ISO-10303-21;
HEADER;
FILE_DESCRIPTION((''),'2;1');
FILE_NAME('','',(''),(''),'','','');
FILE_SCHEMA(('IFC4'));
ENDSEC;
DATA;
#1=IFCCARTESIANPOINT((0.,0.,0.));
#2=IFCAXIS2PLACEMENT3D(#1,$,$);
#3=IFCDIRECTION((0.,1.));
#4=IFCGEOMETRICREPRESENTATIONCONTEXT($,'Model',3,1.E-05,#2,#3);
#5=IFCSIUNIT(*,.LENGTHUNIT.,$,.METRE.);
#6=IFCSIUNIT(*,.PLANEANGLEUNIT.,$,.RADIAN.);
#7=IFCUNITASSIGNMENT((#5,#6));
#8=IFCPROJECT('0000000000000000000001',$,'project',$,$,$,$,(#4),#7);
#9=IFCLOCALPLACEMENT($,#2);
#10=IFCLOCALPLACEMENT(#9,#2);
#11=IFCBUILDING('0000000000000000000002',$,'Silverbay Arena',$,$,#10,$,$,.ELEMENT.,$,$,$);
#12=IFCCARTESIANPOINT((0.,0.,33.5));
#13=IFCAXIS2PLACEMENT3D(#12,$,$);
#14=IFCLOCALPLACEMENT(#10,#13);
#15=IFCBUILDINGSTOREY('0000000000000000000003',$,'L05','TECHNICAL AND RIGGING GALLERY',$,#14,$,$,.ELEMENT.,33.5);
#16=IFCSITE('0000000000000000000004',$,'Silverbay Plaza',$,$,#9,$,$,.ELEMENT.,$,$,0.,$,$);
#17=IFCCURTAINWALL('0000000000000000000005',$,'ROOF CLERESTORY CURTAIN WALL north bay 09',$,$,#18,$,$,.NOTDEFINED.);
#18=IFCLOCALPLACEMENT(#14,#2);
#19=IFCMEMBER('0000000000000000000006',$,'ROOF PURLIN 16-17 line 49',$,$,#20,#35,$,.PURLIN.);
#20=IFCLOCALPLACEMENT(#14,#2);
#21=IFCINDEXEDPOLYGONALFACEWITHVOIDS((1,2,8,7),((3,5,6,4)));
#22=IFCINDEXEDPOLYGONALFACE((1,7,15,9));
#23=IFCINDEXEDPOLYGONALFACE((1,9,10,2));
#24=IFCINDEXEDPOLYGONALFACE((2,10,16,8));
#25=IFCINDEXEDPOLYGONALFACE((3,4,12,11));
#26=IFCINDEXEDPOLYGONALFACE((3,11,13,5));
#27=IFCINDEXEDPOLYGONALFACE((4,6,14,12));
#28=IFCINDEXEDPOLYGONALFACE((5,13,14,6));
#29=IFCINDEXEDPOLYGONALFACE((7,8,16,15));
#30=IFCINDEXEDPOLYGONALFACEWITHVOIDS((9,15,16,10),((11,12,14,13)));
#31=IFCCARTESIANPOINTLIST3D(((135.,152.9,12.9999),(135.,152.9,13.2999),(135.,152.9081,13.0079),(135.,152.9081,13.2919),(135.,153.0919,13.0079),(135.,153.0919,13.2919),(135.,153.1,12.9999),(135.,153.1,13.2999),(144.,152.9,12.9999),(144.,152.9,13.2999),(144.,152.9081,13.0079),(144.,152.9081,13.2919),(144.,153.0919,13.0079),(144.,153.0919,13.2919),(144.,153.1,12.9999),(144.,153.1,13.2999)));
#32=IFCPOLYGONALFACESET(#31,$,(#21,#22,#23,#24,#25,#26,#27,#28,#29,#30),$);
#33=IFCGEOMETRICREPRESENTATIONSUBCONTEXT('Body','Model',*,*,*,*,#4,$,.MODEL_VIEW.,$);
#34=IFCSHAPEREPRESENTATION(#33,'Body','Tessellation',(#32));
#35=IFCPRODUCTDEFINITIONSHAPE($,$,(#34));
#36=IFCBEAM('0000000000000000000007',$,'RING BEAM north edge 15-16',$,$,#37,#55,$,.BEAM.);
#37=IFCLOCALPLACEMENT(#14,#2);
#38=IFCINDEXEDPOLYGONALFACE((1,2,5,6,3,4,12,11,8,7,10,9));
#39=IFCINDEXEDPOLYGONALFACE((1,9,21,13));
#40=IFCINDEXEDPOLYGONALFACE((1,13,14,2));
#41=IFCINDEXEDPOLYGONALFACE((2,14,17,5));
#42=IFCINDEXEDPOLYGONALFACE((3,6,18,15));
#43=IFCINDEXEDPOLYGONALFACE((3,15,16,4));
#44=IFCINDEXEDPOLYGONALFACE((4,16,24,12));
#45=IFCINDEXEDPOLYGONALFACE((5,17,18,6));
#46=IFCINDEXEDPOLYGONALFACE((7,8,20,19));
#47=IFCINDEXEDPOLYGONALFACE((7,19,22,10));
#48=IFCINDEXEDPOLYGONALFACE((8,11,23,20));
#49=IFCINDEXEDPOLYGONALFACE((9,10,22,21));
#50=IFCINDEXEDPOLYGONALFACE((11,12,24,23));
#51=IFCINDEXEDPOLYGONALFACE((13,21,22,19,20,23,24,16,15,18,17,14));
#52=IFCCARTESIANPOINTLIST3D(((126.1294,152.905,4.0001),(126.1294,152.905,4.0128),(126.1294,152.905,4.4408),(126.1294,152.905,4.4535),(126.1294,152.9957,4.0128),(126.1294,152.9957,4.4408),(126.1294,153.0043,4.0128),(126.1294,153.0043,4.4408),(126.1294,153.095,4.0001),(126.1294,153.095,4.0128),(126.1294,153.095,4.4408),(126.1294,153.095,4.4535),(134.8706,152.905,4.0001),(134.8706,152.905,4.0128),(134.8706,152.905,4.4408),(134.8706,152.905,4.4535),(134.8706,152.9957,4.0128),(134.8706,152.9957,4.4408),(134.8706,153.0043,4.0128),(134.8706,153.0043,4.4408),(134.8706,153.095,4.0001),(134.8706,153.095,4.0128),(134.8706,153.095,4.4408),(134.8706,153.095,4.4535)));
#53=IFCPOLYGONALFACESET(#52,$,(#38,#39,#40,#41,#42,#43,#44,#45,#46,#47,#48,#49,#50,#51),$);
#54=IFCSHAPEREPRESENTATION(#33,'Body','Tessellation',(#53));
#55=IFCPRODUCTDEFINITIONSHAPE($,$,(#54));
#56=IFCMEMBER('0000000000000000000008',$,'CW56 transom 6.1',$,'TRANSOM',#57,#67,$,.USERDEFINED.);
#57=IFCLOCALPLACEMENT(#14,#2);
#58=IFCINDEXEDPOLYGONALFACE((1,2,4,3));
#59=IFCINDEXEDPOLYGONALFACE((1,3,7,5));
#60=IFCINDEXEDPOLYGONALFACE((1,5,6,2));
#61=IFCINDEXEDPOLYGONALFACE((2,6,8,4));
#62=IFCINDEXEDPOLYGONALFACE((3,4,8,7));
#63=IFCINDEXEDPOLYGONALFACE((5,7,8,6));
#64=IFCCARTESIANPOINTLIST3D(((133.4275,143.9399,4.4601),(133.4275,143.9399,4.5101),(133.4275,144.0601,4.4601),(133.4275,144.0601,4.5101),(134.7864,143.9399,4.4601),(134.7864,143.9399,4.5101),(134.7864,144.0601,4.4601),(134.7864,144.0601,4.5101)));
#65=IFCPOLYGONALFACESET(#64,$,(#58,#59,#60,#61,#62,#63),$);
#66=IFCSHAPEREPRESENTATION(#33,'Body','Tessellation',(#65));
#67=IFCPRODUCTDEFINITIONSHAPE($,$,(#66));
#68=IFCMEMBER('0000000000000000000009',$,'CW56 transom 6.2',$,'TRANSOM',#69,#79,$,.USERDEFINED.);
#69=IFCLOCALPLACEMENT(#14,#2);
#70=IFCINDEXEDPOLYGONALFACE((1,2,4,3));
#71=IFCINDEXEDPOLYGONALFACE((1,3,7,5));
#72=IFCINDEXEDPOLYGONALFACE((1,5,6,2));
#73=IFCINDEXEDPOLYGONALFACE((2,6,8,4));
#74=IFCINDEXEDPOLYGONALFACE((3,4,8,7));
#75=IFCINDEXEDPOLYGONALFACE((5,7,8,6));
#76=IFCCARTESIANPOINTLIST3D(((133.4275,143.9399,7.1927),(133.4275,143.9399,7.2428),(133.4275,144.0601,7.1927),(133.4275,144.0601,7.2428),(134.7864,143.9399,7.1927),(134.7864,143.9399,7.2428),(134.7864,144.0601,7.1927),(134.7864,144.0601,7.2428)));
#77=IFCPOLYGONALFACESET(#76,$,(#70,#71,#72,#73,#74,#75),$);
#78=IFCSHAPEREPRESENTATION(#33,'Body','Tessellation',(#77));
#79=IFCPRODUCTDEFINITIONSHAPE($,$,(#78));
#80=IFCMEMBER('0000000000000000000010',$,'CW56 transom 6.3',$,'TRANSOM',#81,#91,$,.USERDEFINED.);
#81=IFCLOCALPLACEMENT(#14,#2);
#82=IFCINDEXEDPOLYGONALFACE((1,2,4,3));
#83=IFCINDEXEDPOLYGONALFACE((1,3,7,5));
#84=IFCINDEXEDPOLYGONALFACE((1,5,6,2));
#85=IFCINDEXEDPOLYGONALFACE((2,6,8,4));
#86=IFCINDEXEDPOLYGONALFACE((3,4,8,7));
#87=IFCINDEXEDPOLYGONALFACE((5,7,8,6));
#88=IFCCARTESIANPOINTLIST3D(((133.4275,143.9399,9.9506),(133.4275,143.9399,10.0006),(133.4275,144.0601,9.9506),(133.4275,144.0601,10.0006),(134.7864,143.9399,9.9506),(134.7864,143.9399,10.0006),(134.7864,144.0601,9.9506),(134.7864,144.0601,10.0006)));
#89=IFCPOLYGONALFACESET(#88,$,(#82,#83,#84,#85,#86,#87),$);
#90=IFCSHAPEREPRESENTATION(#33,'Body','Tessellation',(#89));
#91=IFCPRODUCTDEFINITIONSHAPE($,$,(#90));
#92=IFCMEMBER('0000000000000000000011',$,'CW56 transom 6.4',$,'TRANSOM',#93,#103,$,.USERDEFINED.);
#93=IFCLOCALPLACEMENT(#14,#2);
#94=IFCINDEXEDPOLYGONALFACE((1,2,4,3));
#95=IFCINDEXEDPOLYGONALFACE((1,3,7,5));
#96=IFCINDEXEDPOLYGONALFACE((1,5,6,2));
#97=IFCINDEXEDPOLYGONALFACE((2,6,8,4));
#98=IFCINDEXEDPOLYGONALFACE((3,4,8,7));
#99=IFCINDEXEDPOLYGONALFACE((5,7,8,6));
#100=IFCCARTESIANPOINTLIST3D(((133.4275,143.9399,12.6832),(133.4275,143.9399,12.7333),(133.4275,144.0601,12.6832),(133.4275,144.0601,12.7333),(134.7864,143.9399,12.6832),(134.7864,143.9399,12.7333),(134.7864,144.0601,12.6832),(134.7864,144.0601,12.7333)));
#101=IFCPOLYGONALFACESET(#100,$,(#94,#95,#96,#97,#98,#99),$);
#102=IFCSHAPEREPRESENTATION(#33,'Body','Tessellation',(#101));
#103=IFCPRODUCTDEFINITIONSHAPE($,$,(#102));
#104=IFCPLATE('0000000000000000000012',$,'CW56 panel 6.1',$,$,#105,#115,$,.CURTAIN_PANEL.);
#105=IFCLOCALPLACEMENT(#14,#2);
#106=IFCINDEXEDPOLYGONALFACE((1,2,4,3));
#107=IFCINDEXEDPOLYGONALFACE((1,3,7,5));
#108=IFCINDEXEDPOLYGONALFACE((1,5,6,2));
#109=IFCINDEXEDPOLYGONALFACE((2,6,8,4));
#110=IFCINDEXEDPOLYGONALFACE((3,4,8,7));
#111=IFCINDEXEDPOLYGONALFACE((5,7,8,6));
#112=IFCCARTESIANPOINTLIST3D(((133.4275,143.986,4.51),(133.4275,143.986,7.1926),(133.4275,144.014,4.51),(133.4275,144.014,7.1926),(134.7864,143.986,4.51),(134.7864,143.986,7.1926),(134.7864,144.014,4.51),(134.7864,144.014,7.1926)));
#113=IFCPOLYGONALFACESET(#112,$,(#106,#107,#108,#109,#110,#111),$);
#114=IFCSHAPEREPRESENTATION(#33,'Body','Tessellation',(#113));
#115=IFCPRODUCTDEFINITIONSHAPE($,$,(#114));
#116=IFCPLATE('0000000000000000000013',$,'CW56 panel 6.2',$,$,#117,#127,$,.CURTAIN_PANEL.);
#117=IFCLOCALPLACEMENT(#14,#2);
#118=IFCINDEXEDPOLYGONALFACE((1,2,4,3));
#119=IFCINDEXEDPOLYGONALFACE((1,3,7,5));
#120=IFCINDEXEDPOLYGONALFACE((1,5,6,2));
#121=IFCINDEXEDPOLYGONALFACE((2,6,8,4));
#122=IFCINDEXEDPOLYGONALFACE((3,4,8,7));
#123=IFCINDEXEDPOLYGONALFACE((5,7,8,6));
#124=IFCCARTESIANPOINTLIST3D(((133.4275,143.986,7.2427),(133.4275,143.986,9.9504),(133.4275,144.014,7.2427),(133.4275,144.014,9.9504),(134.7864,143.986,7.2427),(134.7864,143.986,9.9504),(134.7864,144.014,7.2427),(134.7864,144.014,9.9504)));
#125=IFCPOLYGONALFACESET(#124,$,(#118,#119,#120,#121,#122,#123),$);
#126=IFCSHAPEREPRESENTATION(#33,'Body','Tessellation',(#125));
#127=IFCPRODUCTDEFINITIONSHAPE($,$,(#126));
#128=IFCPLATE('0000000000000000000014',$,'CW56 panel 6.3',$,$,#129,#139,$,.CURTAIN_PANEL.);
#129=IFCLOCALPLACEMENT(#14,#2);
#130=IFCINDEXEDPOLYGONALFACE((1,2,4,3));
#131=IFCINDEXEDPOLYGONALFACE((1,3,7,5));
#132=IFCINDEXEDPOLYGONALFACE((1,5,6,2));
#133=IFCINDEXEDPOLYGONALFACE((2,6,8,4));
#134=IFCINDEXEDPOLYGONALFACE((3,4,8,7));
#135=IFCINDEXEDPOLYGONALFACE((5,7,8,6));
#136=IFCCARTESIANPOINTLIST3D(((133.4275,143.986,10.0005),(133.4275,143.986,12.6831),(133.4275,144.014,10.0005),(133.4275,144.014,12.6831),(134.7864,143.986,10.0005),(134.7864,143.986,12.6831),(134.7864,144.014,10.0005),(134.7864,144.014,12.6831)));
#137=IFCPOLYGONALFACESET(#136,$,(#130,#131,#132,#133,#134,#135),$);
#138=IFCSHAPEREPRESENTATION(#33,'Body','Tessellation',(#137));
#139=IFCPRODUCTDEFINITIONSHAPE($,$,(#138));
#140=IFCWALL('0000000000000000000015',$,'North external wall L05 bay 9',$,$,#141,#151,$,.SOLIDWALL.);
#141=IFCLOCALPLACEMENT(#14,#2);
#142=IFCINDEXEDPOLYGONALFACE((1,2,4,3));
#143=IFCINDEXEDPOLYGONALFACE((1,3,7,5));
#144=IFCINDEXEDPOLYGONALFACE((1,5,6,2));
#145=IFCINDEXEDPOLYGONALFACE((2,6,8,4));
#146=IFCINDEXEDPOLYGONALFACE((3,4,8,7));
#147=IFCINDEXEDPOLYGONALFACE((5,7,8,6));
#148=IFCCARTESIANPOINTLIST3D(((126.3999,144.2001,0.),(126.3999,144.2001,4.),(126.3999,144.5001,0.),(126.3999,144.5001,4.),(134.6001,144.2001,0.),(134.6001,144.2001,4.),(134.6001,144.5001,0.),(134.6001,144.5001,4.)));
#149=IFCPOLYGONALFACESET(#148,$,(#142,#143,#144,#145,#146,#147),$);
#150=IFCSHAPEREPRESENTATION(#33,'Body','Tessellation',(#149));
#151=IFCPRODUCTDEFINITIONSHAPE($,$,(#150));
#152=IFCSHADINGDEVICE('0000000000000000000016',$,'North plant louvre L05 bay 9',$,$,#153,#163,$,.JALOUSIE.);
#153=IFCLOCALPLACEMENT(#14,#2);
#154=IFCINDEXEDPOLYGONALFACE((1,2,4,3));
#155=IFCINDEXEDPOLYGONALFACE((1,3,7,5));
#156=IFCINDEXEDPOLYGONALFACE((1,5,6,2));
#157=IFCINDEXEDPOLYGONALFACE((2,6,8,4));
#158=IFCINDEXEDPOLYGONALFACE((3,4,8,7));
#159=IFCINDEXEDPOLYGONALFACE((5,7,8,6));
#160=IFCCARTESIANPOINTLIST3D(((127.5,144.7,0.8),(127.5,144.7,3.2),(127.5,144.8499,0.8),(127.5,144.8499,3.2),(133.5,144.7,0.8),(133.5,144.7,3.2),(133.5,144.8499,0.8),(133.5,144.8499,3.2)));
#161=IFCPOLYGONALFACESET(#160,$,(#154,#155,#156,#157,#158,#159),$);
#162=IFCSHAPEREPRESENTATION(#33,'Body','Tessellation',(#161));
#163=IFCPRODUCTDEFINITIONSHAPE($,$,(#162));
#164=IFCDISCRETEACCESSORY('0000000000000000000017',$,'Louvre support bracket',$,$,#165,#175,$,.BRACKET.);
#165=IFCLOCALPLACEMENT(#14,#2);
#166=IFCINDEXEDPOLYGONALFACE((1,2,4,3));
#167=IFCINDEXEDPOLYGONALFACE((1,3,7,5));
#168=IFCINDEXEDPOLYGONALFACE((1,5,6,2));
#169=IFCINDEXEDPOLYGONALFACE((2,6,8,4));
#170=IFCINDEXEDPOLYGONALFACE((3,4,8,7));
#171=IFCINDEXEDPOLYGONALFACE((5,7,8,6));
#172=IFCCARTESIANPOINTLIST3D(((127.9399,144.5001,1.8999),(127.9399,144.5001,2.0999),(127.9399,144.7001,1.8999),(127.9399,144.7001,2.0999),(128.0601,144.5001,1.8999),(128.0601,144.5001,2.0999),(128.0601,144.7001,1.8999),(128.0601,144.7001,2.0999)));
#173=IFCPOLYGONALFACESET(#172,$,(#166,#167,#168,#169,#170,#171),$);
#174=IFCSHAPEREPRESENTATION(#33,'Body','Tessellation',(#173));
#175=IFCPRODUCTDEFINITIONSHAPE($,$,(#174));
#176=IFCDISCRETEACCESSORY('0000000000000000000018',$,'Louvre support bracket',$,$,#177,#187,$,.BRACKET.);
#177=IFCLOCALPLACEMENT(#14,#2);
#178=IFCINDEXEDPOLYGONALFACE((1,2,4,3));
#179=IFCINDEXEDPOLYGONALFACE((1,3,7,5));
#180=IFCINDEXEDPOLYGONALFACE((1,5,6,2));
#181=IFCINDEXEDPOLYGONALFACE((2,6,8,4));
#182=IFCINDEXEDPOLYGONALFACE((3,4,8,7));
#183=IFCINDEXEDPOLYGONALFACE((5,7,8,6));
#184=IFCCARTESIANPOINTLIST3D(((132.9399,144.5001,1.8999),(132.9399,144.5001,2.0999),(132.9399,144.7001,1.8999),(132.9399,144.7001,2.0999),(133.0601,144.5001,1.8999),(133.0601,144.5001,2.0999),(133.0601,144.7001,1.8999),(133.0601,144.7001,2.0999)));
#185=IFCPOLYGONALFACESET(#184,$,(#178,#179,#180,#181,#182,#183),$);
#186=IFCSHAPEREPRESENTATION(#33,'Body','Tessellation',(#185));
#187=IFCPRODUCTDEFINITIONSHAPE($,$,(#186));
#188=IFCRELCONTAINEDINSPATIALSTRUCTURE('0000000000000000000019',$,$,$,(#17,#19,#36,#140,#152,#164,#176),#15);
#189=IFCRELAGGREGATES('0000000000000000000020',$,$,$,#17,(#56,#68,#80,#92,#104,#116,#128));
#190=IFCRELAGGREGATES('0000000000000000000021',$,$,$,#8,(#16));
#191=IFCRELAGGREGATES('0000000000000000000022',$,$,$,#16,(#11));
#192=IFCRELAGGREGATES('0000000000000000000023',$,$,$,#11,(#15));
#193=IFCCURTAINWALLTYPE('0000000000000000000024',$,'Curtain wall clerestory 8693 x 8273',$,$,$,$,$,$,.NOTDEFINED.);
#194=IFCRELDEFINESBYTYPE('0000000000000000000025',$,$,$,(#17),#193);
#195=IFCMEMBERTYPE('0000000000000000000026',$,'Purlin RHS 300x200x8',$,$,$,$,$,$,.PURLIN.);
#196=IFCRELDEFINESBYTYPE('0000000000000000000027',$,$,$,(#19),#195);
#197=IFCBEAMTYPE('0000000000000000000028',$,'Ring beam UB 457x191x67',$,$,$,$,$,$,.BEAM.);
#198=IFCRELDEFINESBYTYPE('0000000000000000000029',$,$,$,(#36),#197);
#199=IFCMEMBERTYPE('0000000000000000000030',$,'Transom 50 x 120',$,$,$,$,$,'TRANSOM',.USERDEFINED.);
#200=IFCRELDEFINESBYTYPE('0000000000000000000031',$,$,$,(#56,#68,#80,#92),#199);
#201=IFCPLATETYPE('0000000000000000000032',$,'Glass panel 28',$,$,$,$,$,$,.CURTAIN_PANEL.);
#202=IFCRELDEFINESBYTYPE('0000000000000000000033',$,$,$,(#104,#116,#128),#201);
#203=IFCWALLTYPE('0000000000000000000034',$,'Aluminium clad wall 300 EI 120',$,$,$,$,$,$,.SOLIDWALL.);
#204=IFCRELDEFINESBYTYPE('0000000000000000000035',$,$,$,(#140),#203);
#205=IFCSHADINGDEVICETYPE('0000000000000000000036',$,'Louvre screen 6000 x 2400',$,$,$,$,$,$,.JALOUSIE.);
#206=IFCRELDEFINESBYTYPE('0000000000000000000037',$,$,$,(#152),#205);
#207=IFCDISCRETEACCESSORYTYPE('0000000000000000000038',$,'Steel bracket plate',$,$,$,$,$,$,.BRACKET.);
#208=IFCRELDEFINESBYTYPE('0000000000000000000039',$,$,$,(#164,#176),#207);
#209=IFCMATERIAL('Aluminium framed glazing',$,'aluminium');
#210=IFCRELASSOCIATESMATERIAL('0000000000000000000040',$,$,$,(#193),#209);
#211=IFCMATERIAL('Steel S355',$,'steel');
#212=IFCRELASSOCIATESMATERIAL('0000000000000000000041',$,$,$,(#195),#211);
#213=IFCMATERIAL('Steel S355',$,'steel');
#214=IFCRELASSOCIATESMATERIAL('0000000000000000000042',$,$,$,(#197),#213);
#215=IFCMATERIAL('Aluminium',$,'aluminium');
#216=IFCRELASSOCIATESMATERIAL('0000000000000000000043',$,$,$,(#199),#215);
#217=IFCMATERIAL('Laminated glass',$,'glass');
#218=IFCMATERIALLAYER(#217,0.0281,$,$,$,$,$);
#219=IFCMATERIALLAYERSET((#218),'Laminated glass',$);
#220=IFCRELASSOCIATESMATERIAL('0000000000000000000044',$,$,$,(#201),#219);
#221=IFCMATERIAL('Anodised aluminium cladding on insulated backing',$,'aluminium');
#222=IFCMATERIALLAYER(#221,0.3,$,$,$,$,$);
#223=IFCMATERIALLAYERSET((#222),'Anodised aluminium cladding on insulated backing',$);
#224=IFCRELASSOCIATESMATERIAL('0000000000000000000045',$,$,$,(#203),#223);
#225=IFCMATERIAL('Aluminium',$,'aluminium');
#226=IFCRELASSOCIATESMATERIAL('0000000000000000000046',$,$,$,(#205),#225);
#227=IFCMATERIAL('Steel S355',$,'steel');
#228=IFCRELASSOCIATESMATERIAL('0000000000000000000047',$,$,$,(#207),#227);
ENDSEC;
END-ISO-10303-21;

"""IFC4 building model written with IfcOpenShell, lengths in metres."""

from ifc_helpers import new_model, si_unit, direction, frame, frame_2d, origin, origin_2d, place, context, subcontext, project, spatial, rectangle, hollow_rectangle, i_section, extrude, material, layer, layer_set, material_profile, profile_set, type_object, element, aggregate, save


model = new_model("IFC4")

# Units and contexts
model_context = context("Model", 3, precision=1e-05, world=origin(), true_north=direction((0.0, 1.0)))
body_context = subcontext(model_context, "Body", "Model", "MODEL_VIEW")
ifc_project = project(units=[si_unit("LENGTHUNIT", "METRE"), si_unit("PLANEANGLEUNIT", "RADIAN")], contexts=[model_context])

# Site, building, storey
site_placement = place(None, origin())
site = spatial("IfcSite", under=ifc_project, at=site_placement, Name="Silverbay Plaza", CompositionType="ELEMENT", RefElevation=0.0)
building_placement = place(site_placement, origin())
building = spatial("IfcBuilding", under=site, at=building_placement, Name="Silverbay Arena", CompositionType="ELEMENT")
storey_placement = place(building_placement, frame((0.0, 0.0, 33.5)))
storey = spatial("IfcBuildingStorey", under=building, at=storey_placement, Name="L05", Description="TECHNICAL AND RIGGING GALLERY", CompositionType="ELEMENT", Elevation=33.5)

# Curtain wall
ifc_material_1 = material(Name="Aluminium framed glazing", Category="aluminium")
curtain_wall_type = type_object("IfcCurtainWallType", Name="Curtain wall clerestory 8693 x 8273", PredefinedType="NOTDEFINED", material=ifc_material_1)
curtain_wall_placement = place(storey_placement, origin())
curtain_wall = element("IfcCurtainWall", 1, at=curtain_wall_placement, inside=storey, type_object=curtain_wall_type, Name="ROOF CLERESTORY CURTAIN WALL north bay 09", PredefinedType="NOTDEFINED")

# Member
ifc_material_2 = material(Name="Steel S355", Category="steel")
ifc_material_profile_1 = material_profile(ifc_material_2, hollow_rectangle(XDim=0.2, YDim=0.3, WallThickness=0.0081, at=origin_2d()), Name="RHS 300x200x8")
ifc_profile_set_1 = profile_set([ifc_material_profile_1], Name="Steel S355")
member_type_1 = type_object("IfcMemberType", Name="Purlin RHS 300x200x8", PredefinedType="PURLIN", material=ifc_profile_set_1)
for number, where, z_axis, x_axis, name in (
    (2, (135.0, 153.0, 13.1499), (1.0, 0.0, 0.0), (0.0, 1.0, 0.0), "ROOF PURLIN 16-17 line 49"),
):
    element("IfcMember", number, at=place(storey_placement, frame(where, z_axis=z_axis, x_axis=x_axis)), inside=storey, type_object=member_type_1, Name=name, PredefinedType="PURLIN", context=body_context, shape_type="SweptSolid", body=[
        extrude(hollow_rectangle(XDim=0.2, YDim=0.3, WallThickness=0.0081, at=origin_2d()), origin(), (0.0, 0.0, 1.0), 9.0),
    ])

# Beam
ifc_material_3 = material(Name="Steel S355", Category="steel")
ifc_material_profile_2 = material_profile(ifc_material_3, i_section(OverallWidth=0.1899, OverallDepth=0.4534, WebThickness=0.0085, FlangeThickness=0.0127, at=origin_2d()), Name="UB 457x191x67")
ifc_profile_set_2 = profile_set([ifc_material_profile_2], Name="Steel S355")
beam_type = type_object("IfcBeamType", Name="Ring beam UB 457x191x67", PredefinedType="BEAM", material=ifc_profile_set_2)
beam_placement = place(storey_placement, frame((126.1294, 153.0, 4.2268), z_axis=(1.0, 0.0, 0.0), x_axis=(0.0, 1.0, 0.0)))
element("IfcBeam", 3, at=beam_placement, inside=storey, type_object=beam_type, Name="RING BEAM north edge 15-16", PredefinedType="BEAM", context=body_context, shape_type="SweptSolid", body=[
    extrude(i_section(OverallWidth=0.1899, OverallDepth=0.4534, WebThickness=0.0085, FlangeThickness=0.0127, at=origin_2d()), origin(), (0.0, 0.0, 1.0), 8.7412),
])

# Members
ifc_material_4 = material(Name="Aluminium", Category="aluminium")
ifc_material_profile_3 = material_profile(ifc_material_4, rectangle(XDim=0.1201, YDim=0.05, at=origin_2d()), Name="Transom 50 x 120")
ifc_profile_set_3 = profile_set([ifc_material_profile_3], Name="Aluminium")
member_type_2 = type_object("IfcMemberType", Name="Transom 50 x 120", ElementType="TRANSOM", PredefinedType="USERDEFINED", material=ifc_profile_set_3)
member_1_placement = place(storey_placement, frame((133.4275, 144.0, 4.4851), z_axis=(1.0, 0.0, 0.0), x_axis=(0.0, 1.0, 0.0)))
member_1 = element("IfcMember", 4, at=member_1_placement, type_object=member_type_2, Name="CW56 transom 6.1", ObjectType="TRANSOM", PredefinedType="USERDEFINED", context=body_context, shape_type="SweptSolid", body=[
    extrude(rectangle(XDim=0.1201, YDim=0.05, at=origin_2d()), origin(), (0.0, 0.0, 1.0), 1.3589),
])
member_2_placement = place(storey_placement, frame((133.4275, 144.0, 7.2178), z_axis=(1.0, 0.0, 0.0), x_axis=(0.0, 1.0, 0.0)))
member_2 = element("IfcMember", 5, at=member_2_placement, type_object=member_type_2, Name="CW56 transom 6.2", ObjectType="TRANSOM", PredefinedType="USERDEFINED", context=body_context, shape_type="SweptSolid", body=[
    extrude(rectangle(XDim=0.1201, YDim=0.05, at=origin_2d()), origin(), (0.0, 0.0, 1.0), 1.3589),
])
member_3_placement = place(storey_placement, frame((133.4275, 144.0, 9.9756), z_axis=(1.0, 0.0, 0.0), x_axis=(0.0, 1.0, 0.0)))
member_3 = element("IfcMember", 6, at=member_3_placement, type_object=member_type_2, Name="CW56 transom 6.3", ObjectType="TRANSOM", PredefinedType="USERDEFINED", context=body_context, shape_type="SweptSolid", body=[
    extrude(rectangle(XDim=0.1201, YDim=0.05, at=origin_2d()), origin(), (0.0, 0.0, 1.0), 1.3589),
])
member_4_placement = place(storey_placement, frame((133.4275, 144.0, 12.7083), z_axis=(1.0, 0.0, 0.0), x_axis=(0.0, 1.0, 0.0)))
member_4 = element("IfcMember", 7, at=member_4_placement, type_object=member_type_2, Name="CW56 transom 6.4", ObjectType="TRANSOM", PredefinedType="USERDEFINED", context=body_context, shape_type="SweptSolid", body=[
    extrude(rectangle(XDim=0.1201, YDim=0.05, at=origin_2d()), origin(), (0.0, 0.0, 1.0), 1.3589),
])

# Plates
ifc_material_5 = material(Name="Laminated glass", Category="glass")
ifc_layer_1 = layer(ifc_material_5, 0.0281)
ifc_layer_set_1 = layer_set([ifc_layer_1], Name="Laminated glass")
plate_type = type_object("IfcPlateType", Name="Glass panel 28", PredefinedType="CURTAIN_PANEL", material=ifc_layer_set_1)
plate_1_placement = place(storey_placement, frame((134.1069, 144.0, 4.51), z_axis=(0.0, 0.0, 1.0), x_axis=(1.0, 0.0, 0.0)))
plate_1 = element("IfcPlate", 8, at=plate_1_placement, type_object=plate_type, Name="CW56 panel 6.1", PredefinedType="CURTAIN_PANEL", context=body_context, shape_type="SweptSolid", body=[
    extrude(rectangle(XDim=1.3589, YDim=0.0281, at=origin_2d()), origin(), (0.0, 0.0, 1.0), 2.6826),
])
plate_2_placement = place(storey_placement, frame((134.1069, 144.0, 7.2427), z_axis=(0.0, 0.0, 1.0), x_axis=(1.0, 0.0, 0.0)))
plate_2 = element("IfcPlate", 9, at=plate_2_placement, type_object=plate_type, Name="CW56 panel 6.2", PredefinedType="CURTAIN_PANEL", context=body_context, shape_type="SweptSolid", body=[
    extrude(rectangle(XDim=1.3589, YDim=0.0281, at=origin_2d()), origin(), (0.0, 0.0, 1.0), 2.7078),
])
plate_3_placement = place(storey_placement, frame((134.1069, 144.0, 10.0005), z_axis=(0.0, 0.0, 1.0), x_axis=(1.0, 0.0, 0.0)))
plate_3 = element("IfcPlate", 10, at=plate_3_placement, type_object=plate_type, Name="CW56 panel 6.3", PredefinedType="CURTAIN_PANEL", context=body_context, shape_type="SweptSolid", body=[
    extrude(rectangle(XDim=1.3589, YDim=0.0281, at=origin_2d()), origin(), (0.0, 0.0, 1.0), 2.6826),
])
aggregate(curtain_wall, [member_1, member_2, member_3, member_4, plate_1, plate_2, plate_3])

# Wall
ifc_material_6 = material(Name="Anodised aluminium cladding on insulated backing", Category="aluminium")
ifc_layer_2 = layer(ifc_material_6, 0.3)
ifc_layer_set_2 = layer_set([ifc_layer_2], Name="Anodised aluminium cladding on insulated backing")
wall_type = type_object("IfcWallType", Name="Aluminium clad wall 300 EI 120", PredefinedType="SOLIDWALL", material=ifc_layer_set_2)
wall_placement = place(storey_placement, frame((134.6001, 144.3501, 0.0), z_axis=(0.0, 0.0, 1.0), x_axis=(-1.0, 0.0, 0.0)))
element("IfcWall", 11, at=wall_placement, inside=storey, type_object=wall_type, Name="North external wall L05 bay 9", PredefinedType="SOLIDWALL", context=body_context, shape_type="SweptSolid", body=[
    extrude(rectangle(XDim=8.2002, YDim=0.3, at=frame_2d((4.1001, 0.0))), origin(), (0.0, 0.0, 1.0), 4.0),
])

# Shading device
ifc_material_7 = material(Name="Aluminium", Category="aluminium")
shading_device_type = type_object("IfcShadingDeviceType", Name="Louvre screen 6000 x 2400", PredefinedType="JALOUSIE", material=ifc_material_7)
shading_device_placement = place(storey_placement, frame((130.5, 144.7749, 0.8), z_axis=(0.0, 0.0, 1.0), x_axis=(1.0, 0.0, 0.0)))
element("IfcShadingDevice", 12, at=shading_device_placement, inside=storey, type_object=shading_device_type, Name="North plant louvre L05 bay 9", PredefinedType="JALOUSIE", context=body_context, shape_type="SweptSolid", body=[
    extrude(rectangle(XDim=6.0, YDim=0.1499, at=origin_2d()), origin(), (0.0, 0.0, 1.0), 2.3999),
])

# Discrete accessories
ifc_material_8 = material(Name="Steel S355", Category="steel")
discrete_accessory_type = type_object("IfcDiscreteAccessoryType", Name="Steel bracket plate", PredefinedType="BRACKET", material=ifc_material_8)
for number, where, z_axis, x_axis, name in (
    (13, (128.0, 144.6001, 1.8999), (0.0, 0.0, 1.0), (1.0, 0.0, 0.0), "Louvre support bracket"),
    (14, (133.0, 144.6001, 1.8999), (0.0, 0.0, 1.0), (1.0, 0.0, 0.0), "Louvre support bracket"),
):
    element("IfcDiscreteAccessory", number, at=place(storey_placement, frame(where, z_axis=z_axis, x_axis=x_axis)), inside=storey, type_object=discrete_accessory_type, Name=name, PredefinedType="BRACKET", context=body_context, shape_type="SweptSolid", body=[
        extrude(rectangle(XDim=0.1201, YDim=0.2, at=origin_2d()), origin(), (0.0, 0.0, 1.0), 0.2),
    ])

save(model, "model.ifc")
